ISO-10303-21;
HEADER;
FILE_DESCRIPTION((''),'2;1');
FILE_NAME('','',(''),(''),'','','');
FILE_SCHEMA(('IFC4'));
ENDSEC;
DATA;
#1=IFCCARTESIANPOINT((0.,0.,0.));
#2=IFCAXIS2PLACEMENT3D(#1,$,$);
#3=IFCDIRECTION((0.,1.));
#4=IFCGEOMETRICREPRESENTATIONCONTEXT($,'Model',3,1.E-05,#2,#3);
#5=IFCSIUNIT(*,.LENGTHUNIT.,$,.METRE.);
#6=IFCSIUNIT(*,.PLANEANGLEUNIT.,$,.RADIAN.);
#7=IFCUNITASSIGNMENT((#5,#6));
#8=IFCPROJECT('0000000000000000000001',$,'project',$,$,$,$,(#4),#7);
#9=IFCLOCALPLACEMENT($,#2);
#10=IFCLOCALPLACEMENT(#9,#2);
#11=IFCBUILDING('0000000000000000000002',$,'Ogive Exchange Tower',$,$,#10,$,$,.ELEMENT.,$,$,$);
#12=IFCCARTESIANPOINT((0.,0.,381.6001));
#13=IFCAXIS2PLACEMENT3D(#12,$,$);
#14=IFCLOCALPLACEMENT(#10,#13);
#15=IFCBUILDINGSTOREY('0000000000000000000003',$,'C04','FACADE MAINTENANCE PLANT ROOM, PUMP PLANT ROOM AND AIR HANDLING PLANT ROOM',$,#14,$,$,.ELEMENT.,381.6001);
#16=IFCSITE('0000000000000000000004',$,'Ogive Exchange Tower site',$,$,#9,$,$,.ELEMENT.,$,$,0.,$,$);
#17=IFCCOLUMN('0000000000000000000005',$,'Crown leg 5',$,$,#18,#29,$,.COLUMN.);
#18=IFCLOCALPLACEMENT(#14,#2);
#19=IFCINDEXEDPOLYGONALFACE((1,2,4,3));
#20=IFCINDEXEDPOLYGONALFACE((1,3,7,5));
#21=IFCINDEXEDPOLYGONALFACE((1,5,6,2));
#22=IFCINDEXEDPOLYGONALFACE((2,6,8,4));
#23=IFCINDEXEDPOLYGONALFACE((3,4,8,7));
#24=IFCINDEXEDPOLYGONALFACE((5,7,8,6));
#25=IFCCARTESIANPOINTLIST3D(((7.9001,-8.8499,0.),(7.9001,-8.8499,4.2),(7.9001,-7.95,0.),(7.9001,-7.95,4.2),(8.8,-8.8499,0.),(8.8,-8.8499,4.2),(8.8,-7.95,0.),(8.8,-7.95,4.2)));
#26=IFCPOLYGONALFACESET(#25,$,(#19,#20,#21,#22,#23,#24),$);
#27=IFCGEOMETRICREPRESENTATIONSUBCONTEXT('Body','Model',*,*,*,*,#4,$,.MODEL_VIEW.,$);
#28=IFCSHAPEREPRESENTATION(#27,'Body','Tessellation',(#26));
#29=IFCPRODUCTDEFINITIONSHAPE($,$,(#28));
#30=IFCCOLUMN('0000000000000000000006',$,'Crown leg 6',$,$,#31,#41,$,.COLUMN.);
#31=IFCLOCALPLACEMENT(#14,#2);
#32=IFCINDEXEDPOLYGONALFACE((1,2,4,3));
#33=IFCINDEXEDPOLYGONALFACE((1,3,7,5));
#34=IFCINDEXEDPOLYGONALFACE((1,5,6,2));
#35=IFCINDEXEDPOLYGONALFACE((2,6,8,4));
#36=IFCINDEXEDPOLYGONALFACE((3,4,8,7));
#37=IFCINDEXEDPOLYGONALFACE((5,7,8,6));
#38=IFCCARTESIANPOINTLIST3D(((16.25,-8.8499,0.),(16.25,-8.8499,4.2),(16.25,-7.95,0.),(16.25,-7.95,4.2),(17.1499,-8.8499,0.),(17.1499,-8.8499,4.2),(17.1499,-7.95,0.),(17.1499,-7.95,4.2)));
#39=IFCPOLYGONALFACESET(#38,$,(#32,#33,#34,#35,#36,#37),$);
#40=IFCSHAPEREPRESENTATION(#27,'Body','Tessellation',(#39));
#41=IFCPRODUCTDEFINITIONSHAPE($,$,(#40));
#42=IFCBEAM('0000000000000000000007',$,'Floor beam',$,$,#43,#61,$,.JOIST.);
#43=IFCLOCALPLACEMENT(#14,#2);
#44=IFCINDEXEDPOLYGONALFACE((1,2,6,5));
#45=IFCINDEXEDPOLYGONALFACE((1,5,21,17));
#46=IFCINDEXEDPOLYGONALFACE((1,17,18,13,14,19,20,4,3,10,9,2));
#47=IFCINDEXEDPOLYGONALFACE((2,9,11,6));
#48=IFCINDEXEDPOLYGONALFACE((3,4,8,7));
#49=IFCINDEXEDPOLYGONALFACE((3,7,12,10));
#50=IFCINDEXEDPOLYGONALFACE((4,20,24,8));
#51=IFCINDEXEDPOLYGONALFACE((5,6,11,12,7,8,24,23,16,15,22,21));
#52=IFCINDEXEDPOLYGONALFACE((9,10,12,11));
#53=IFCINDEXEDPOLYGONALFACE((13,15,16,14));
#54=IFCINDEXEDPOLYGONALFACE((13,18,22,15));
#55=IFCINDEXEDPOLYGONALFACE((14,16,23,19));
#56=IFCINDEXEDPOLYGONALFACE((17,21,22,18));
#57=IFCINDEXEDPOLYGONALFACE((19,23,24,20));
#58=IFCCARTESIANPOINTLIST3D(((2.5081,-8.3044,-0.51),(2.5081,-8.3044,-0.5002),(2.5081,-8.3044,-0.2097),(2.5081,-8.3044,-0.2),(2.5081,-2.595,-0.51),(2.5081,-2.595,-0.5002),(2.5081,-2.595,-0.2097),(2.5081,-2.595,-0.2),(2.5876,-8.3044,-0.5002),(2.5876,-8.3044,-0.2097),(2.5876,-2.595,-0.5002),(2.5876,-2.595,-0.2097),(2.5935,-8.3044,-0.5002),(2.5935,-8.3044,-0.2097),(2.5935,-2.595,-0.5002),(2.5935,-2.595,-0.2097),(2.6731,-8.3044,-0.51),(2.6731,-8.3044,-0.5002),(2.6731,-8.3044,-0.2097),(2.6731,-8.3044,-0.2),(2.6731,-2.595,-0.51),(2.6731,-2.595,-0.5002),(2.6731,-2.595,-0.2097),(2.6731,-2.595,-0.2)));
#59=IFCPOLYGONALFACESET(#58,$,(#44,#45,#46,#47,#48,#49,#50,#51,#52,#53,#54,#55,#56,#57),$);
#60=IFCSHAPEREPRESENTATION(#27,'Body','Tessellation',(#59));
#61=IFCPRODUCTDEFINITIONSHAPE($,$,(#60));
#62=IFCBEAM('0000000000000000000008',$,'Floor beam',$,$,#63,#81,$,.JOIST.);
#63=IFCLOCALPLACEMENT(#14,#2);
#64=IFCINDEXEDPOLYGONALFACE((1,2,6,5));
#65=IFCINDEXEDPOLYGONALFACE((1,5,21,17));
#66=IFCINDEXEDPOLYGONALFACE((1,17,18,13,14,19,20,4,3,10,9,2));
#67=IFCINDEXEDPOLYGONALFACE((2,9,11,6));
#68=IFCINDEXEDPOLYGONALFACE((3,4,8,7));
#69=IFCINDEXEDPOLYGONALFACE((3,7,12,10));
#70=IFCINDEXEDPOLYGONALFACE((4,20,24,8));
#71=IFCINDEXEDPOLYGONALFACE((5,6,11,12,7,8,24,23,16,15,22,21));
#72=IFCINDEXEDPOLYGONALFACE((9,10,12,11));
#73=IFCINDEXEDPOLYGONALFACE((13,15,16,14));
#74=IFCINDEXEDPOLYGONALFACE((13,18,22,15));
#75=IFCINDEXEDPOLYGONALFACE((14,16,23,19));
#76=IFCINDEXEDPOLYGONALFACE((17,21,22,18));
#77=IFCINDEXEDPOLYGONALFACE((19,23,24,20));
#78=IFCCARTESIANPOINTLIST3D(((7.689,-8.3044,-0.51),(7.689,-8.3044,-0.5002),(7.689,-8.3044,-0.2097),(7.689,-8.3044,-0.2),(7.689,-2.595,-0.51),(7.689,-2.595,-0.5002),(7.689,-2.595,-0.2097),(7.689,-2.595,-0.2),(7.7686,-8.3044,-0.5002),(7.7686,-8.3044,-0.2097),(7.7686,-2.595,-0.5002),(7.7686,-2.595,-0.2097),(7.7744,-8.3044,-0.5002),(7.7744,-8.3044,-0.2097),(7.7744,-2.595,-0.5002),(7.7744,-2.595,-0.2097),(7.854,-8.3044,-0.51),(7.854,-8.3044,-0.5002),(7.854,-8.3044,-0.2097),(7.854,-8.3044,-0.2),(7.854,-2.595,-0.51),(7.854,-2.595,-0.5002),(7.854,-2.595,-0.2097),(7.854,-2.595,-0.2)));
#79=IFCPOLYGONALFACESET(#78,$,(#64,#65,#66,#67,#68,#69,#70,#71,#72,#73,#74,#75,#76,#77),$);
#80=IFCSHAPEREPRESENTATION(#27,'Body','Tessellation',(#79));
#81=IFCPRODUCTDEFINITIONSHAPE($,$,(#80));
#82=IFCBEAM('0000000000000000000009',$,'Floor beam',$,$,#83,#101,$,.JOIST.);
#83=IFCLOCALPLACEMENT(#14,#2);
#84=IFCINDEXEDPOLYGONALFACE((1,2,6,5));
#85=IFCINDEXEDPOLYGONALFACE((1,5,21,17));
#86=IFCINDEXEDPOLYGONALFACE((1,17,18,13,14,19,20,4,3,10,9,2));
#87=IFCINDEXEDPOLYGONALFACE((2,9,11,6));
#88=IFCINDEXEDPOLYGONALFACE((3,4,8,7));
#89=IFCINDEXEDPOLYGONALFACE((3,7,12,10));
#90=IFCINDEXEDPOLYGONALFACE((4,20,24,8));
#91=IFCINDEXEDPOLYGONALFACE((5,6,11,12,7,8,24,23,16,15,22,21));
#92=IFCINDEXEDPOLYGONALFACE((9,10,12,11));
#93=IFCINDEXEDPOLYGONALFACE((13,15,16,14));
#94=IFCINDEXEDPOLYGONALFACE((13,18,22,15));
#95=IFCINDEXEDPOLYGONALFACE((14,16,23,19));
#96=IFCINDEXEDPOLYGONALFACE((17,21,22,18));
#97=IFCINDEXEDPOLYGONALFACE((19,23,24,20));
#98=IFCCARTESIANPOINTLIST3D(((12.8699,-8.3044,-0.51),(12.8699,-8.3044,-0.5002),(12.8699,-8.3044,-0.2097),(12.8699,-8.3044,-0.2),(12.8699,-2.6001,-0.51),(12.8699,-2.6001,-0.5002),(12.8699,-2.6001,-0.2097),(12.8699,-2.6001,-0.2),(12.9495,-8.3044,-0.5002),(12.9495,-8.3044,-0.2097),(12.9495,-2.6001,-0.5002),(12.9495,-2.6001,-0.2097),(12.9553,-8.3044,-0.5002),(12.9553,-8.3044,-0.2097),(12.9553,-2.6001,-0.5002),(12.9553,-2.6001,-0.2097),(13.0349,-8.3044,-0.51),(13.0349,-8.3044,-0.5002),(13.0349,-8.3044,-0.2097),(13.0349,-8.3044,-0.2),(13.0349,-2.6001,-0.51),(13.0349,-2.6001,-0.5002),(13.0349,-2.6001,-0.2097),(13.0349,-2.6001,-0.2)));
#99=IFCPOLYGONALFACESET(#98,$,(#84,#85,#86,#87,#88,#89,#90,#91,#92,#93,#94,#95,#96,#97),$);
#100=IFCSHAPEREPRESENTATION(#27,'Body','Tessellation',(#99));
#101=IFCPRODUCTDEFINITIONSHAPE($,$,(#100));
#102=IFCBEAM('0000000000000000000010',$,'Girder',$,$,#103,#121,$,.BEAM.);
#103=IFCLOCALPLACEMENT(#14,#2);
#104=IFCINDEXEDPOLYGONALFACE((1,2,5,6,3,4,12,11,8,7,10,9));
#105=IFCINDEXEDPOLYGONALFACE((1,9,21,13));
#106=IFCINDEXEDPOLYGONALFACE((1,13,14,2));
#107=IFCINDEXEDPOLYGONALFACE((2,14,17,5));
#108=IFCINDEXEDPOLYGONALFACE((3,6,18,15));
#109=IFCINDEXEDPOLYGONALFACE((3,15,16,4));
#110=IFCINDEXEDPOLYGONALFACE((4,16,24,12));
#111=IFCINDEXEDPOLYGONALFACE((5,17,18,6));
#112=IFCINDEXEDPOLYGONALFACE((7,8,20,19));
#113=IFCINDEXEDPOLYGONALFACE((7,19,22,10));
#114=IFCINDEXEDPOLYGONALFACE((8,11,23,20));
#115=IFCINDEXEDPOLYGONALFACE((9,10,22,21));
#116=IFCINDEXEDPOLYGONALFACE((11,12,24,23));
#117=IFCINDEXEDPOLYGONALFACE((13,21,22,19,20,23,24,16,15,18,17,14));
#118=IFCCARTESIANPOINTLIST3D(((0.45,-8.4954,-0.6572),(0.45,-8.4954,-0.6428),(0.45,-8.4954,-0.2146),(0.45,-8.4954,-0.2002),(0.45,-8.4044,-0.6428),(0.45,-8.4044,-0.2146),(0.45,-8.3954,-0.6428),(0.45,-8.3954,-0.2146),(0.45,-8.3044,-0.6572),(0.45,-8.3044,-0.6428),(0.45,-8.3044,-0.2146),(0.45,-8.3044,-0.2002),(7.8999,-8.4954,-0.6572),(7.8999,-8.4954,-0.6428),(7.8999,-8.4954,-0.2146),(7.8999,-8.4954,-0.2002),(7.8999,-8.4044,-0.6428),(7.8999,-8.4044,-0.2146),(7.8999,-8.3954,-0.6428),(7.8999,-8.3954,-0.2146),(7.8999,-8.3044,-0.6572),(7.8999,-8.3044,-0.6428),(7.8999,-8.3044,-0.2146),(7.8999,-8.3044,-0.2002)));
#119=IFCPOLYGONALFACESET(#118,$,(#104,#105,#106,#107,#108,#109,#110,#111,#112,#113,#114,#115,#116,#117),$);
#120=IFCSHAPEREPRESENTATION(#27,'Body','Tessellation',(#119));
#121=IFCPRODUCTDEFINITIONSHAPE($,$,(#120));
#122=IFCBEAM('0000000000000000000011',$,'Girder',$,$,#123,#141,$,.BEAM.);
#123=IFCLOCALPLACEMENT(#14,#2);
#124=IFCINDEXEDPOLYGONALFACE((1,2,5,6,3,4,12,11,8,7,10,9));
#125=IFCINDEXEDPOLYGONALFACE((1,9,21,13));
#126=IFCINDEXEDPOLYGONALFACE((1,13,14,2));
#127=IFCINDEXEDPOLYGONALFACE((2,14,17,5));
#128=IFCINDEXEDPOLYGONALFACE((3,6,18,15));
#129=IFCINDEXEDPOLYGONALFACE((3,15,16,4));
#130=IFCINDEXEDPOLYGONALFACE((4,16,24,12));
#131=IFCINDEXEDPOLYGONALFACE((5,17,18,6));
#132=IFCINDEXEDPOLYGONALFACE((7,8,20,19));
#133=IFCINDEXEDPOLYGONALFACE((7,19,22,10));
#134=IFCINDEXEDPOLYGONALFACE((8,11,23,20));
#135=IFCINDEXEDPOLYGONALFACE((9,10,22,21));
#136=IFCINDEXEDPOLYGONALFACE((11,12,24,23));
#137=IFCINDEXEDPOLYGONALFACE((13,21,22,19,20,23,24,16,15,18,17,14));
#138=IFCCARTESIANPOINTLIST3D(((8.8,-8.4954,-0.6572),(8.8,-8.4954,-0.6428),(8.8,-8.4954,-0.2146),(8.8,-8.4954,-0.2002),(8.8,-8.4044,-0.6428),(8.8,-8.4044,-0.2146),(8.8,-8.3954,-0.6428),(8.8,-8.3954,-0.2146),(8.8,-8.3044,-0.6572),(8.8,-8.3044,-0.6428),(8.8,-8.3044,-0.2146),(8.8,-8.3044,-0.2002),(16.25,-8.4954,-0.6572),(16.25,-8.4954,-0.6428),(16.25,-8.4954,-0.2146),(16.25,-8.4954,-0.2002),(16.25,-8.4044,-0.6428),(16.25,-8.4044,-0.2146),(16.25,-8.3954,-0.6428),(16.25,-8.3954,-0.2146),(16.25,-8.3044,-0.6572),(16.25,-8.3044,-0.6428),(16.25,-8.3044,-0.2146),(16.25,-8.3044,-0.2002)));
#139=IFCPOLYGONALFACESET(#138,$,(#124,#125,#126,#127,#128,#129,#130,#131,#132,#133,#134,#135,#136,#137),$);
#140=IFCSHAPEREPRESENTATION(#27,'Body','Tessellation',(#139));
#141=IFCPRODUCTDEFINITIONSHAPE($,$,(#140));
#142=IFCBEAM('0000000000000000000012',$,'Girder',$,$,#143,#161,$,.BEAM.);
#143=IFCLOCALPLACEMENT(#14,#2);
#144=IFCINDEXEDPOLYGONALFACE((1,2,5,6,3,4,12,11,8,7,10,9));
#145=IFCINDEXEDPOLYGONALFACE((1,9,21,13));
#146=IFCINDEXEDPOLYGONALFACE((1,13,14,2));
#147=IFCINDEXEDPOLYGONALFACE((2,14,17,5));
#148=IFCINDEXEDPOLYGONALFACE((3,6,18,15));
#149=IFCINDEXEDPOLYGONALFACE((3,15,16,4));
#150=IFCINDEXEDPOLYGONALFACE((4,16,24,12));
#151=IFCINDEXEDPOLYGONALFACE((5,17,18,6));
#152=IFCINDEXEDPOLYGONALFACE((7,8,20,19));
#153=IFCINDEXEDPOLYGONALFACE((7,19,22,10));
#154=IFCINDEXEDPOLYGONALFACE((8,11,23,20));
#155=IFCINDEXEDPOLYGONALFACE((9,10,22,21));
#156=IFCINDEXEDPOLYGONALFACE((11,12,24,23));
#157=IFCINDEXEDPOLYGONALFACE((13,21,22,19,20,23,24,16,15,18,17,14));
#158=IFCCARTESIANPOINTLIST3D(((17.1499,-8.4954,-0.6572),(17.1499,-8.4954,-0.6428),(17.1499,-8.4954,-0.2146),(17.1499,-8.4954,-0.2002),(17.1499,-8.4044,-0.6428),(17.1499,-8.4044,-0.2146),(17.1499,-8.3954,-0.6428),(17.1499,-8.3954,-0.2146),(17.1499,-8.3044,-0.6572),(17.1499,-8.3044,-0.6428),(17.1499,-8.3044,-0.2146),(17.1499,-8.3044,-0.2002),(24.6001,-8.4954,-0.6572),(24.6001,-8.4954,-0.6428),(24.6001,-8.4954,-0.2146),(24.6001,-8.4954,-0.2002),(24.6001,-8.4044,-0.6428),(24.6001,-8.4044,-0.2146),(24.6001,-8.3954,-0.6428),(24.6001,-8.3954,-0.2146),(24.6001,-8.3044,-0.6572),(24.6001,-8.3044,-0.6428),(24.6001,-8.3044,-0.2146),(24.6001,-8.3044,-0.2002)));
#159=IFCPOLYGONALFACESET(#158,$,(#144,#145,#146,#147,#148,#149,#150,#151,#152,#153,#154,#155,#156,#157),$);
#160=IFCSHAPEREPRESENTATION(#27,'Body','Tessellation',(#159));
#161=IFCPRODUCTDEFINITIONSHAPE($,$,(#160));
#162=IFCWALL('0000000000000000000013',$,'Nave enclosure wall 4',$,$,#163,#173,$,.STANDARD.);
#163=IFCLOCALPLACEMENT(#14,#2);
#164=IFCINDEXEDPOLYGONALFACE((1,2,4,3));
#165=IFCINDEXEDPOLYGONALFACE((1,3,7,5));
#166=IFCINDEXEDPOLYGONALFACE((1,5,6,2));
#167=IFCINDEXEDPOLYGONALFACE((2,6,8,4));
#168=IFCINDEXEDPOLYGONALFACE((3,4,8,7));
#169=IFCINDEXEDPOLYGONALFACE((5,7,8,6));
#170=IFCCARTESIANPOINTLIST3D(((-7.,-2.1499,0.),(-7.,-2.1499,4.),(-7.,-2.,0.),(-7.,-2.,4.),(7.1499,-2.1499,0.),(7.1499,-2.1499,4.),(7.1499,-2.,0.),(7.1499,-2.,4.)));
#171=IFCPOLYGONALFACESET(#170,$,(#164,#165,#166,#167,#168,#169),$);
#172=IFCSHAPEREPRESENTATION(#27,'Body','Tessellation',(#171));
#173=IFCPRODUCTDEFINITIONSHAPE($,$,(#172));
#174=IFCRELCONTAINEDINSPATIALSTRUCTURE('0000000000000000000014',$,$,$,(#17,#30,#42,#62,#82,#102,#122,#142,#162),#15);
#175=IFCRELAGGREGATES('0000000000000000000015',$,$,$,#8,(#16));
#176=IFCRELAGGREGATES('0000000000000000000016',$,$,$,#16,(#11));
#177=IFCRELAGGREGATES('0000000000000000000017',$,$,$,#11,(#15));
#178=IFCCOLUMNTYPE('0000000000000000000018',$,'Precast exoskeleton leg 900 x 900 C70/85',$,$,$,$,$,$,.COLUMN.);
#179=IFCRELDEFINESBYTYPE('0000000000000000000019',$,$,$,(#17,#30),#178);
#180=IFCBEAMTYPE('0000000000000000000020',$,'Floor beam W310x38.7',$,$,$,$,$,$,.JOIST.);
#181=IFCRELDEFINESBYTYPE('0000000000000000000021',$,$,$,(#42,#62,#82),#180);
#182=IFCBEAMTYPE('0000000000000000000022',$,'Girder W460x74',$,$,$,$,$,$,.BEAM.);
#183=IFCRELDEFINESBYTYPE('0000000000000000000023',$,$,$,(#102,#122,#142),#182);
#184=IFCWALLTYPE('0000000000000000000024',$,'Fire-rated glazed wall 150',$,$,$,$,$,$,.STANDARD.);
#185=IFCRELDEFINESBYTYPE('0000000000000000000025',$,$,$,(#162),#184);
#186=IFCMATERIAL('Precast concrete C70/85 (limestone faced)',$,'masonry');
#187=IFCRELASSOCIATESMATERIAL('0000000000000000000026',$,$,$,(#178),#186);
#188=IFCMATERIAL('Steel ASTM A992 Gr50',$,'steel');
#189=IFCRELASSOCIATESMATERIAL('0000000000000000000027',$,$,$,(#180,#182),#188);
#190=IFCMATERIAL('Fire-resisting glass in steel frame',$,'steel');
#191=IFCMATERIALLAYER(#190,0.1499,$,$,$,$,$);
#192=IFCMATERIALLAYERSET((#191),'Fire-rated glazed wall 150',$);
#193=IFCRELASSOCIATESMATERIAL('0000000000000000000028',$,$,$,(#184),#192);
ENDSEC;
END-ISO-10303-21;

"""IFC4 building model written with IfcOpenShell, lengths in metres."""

from ifc_helpers import new_model, si_unit, direction, frame, frame_2d, origin, origin_2d, place, context, subcontext, project, spatial, rectangle, i_section, extrude, material, layer, layer_set, material_profile, profile_set, type_object, element, save


model = new_model("IFC4")

# Units and contexts
model_context = context("Model", 3, precision=1e-05, world=origin(), true_north=direction((0.0, 1.0)))
body_context = subcontext(model_context, "Body", "Model", "MODEL_VIEW")
ifc_project = project(units=[si_unit("LENGTHUNIT", "METRE"), si_unit("PLANEANGLEUNIT", "RADIAN")], contexts=[model_context])

# Site, building, storey
site_placement = place(None, origin())
site = spatial("IfcSite", under=ifc_project, at=site_placement, Name="Ogive Exchange Tower site", CompositionType="ELEMENT", RefElevation=0.0)
building_placement = place(site_placement, origin())
building = spatial("IfcBuilding", under=site, at=building_placement, Name="Ogive Exchange Tower", CompositionType="ELEMENT")
storey_placement = place(building_placement, frame((0.0, 0.0, 381.6001)))
storey = spatial("IfcBuildingStorey", under=building, at=storey_placement, Name="C04", Description="FACADE MAINTENANCE PLANT ROOM, PUMP PLANT ROOM AND AIR HANDLING PLANT ROOM", CompositionType="ELEMENT", Elevation=381.6001)

# Columns
ifc_material_1 = material(Name="Precast concrete C70/85 (limestone faced)", Category="masonry")
ifc_material_profile_1 = material_profile(ifc_material_1, rectangle(XDim=0.8999, YDim=0.8999, at=origin_2d()), Name="900 x 900")
ifc_profile_set_1 = profile_set([ifc_material_profile_1], Name="Precast concrete C70/85 (limestone faced)")
column_type = type_object("IfcColumnType", Name="Precast exoskeleton leg 900 x 900 C70/85", PredefinedType="COLUMN", material=ifc_profile_set_1)
for number, where, z_axis, x_axis, name in (
    (1, (8.3501, -8.3999, 0.0), (0.0, 0.0, 1.0), (1.0, 0.0, 0.0), "Crown leg 5"),
    (2, (16.7, -8.3999, 0.0), (0.0, 0.0, 1.0), (1.0, 0.0, 0.0), "Crown leg 6"),
):
    element("IfcColumn", number, at=place(storey_placement, frame(where, z_axis=z_axis, x_axis=x_axis)), inside=storey, type_object=column_type, Name=name, PredefinedType="COLUMN", context=body_context, shape_type="SweptSolid", body=[
        extrude(rectangle(XDim=0.8999, YDim=0.8999, at=origin_2d()), origin(), (0.0, 0.0, 1.0), 4.2),
    ])

# Beams
ifc_material_2 = material(Name="Steel ASTM A992 Gr50", Category="steel")
ifc_material_profile_2 = material_profile(ifc_material_2, i_section(OverallWidth=0.165, OverallDepth=0.3101, WebThickness=0.0059, FlangeThickness=0.0098, at=origin_2d()), Name="W310x38.7")
ifc_profile_set_2 = profile_set([ifc_material_profile_2], Name="Steel ASTM A992 Gr50")
beam_type_1 = type_object("IfcBeamType", Name="Floor beam W310x38.7", PredefinedType="JOIST", material=ifc_profile_set_2)
for number, where, z_axis, x_axis, name in (
    (3, (2.5906, -8.3044, -0.355), (0.0, 1.0, 0.0), (-1.0, 0.0, 0.0), "Floor beam"),
    (4, (7.7715, -8.3044, -0.355), (0.0, 1.0, 0.0), (-1.0, 0.0, 0.0), "Floor beam"),
):
    element("IfcBeam", number, at=place(storey_placement, frame(where, z_axis=z_axis, x_axis=x_axis)), inside=storey, type_object=beam_type_1, Name=name, PredefinedType="JOIST", context=body_context, shape_type="SweptSolid", body=[
        extrude(i_section(OverallWidth=0.165, OverallDepth=0.3101, WebThickness=0.0059, FlangeThickness=0.0098, at=origin_2d()), origin(), (0.0, 0.0, 1.0), 5.7095),
    ])
beam_1_placement = place(storey_placement, frame((12.9524, -8.3044, -0.355), z_axis=(0.0, 1.0, 0.0), x_axis=(-1.0, 0.0, 0.0)))
element("IfcBeam", 5, at=beam_1_placement, inside=storey, type_object=beam_type_1, Name="Floor beam", PredefinedType="JOIST", context=body_context, shape_type="SweptSolid", body=[
    extrude(i_section(OverallWidth=0.165, OverallDepth=0.3101, WebThickness=0.0059, FlangeThickness=0.0098, at=origin_2d()), origin(), (0.0, 0.0, 1.0), 5.7043),
])
ifc_material_profile_3 = material_profile(ifc_material_2, i_section(OverallWidth=0.1909, OverallDepth=0.457, WebThickness=0.009, FlangeThickness=0.0144, at=origin_2d()), Name="W460x74")
ifc_profile_set_3 = profile_set([ifc_material_profile_3], Name="Steel ASTM A992 Gr50")
beam_type_2 = type_object("IfcBeamType", Name="Girder W460x74", PredefinedType="BEAM", material=ifc_profile_set_3)
for number, where, z_axis, x_axis, name in (
    (6, (0.45, -8.3999, -0.4287), (1.0, 0.0, 0.0), (0.0, 1.0, 0.0), "Girder"),
    (7, (8.8, -8.3999, -0.4287), (1.0, 0.0, 0.0), (0.0, 1.0, 0.0), "Girder"),
):
    element("IfcBeam", number, at=place(storey_placement, frame(where, z_axis=z_axis, x_axis=x_axis)), inside=storey, type_object=beam_type_2, Name=name, PredefinedType="BEAM", context=body_context, shape_type="SweptSolid", body=[
        extrude(i_section(OverallWidth=0.1909, OverallDepth=0.457, WebThickness=0.009, FlangeThickness=0.0144, at=origin_2d()), origin(), (0.0, 0.0, 1.0), 7.45),
    ])
beam_2_placement = place(storey_placement, frame((17.1499, -8.3999, -0.4287), z_axis=(1.0, 0.0, 0.0), x_axis=(0.0, 1.0, 0.0)))
element("IfcBeam", 8, at=beam_2_placement, inside=storey, type_object=beam_type_2, Name="Girder", PredefinedType="BEAM", context=body_context, shape_type="SweptSolid", body=[
    extrude(i_section(OverallWidth=0.1909, OverallDepth=0.457, WebThickness=0.009, FlangeThickness=0.0144, at=origin_2d()), origin(), (0.0, 0.0, 1.0), 7.4502),
])

# Wall
ifc_material_3 = material(Name="Fire-resisting glass in steel frame", Category="steel")
ifc_layer_1 = layer(ifc_material_3, 0.1499)
ifc_layer_set_1 = layer_set([ifc_layer_1], Name="Fire-rated glazed wall 150")
wall_type_1 = type_object("IfcWallType", Name="Fire-rated glazed wall 150", PredefinedType="STANDARD", material=ifc_layer_set_1)
wall_1_placement = place(storey_placement, frame((7.1499, -2.075, 0.0), z_axis=(0.0, 0.0, 1.0), x_axis=(-1.0, 0.0, 0.0)))
element("IfcWall", 9, at=wall_1_placement, inside=storey, type_object=wall_type_1, Name="Nave enclosure wall 4", PredefinedType="STANDARD", context=body_context, shape_type="SweptSolid", body=[
    extrude(rectangle(XDim=14.1499, YDim=0.1499, at=frame_2d((7.075, 0.0))), origin(), (0.0, 0.0, 1.0), 4.0),
])

save(model, "model.ifc")
